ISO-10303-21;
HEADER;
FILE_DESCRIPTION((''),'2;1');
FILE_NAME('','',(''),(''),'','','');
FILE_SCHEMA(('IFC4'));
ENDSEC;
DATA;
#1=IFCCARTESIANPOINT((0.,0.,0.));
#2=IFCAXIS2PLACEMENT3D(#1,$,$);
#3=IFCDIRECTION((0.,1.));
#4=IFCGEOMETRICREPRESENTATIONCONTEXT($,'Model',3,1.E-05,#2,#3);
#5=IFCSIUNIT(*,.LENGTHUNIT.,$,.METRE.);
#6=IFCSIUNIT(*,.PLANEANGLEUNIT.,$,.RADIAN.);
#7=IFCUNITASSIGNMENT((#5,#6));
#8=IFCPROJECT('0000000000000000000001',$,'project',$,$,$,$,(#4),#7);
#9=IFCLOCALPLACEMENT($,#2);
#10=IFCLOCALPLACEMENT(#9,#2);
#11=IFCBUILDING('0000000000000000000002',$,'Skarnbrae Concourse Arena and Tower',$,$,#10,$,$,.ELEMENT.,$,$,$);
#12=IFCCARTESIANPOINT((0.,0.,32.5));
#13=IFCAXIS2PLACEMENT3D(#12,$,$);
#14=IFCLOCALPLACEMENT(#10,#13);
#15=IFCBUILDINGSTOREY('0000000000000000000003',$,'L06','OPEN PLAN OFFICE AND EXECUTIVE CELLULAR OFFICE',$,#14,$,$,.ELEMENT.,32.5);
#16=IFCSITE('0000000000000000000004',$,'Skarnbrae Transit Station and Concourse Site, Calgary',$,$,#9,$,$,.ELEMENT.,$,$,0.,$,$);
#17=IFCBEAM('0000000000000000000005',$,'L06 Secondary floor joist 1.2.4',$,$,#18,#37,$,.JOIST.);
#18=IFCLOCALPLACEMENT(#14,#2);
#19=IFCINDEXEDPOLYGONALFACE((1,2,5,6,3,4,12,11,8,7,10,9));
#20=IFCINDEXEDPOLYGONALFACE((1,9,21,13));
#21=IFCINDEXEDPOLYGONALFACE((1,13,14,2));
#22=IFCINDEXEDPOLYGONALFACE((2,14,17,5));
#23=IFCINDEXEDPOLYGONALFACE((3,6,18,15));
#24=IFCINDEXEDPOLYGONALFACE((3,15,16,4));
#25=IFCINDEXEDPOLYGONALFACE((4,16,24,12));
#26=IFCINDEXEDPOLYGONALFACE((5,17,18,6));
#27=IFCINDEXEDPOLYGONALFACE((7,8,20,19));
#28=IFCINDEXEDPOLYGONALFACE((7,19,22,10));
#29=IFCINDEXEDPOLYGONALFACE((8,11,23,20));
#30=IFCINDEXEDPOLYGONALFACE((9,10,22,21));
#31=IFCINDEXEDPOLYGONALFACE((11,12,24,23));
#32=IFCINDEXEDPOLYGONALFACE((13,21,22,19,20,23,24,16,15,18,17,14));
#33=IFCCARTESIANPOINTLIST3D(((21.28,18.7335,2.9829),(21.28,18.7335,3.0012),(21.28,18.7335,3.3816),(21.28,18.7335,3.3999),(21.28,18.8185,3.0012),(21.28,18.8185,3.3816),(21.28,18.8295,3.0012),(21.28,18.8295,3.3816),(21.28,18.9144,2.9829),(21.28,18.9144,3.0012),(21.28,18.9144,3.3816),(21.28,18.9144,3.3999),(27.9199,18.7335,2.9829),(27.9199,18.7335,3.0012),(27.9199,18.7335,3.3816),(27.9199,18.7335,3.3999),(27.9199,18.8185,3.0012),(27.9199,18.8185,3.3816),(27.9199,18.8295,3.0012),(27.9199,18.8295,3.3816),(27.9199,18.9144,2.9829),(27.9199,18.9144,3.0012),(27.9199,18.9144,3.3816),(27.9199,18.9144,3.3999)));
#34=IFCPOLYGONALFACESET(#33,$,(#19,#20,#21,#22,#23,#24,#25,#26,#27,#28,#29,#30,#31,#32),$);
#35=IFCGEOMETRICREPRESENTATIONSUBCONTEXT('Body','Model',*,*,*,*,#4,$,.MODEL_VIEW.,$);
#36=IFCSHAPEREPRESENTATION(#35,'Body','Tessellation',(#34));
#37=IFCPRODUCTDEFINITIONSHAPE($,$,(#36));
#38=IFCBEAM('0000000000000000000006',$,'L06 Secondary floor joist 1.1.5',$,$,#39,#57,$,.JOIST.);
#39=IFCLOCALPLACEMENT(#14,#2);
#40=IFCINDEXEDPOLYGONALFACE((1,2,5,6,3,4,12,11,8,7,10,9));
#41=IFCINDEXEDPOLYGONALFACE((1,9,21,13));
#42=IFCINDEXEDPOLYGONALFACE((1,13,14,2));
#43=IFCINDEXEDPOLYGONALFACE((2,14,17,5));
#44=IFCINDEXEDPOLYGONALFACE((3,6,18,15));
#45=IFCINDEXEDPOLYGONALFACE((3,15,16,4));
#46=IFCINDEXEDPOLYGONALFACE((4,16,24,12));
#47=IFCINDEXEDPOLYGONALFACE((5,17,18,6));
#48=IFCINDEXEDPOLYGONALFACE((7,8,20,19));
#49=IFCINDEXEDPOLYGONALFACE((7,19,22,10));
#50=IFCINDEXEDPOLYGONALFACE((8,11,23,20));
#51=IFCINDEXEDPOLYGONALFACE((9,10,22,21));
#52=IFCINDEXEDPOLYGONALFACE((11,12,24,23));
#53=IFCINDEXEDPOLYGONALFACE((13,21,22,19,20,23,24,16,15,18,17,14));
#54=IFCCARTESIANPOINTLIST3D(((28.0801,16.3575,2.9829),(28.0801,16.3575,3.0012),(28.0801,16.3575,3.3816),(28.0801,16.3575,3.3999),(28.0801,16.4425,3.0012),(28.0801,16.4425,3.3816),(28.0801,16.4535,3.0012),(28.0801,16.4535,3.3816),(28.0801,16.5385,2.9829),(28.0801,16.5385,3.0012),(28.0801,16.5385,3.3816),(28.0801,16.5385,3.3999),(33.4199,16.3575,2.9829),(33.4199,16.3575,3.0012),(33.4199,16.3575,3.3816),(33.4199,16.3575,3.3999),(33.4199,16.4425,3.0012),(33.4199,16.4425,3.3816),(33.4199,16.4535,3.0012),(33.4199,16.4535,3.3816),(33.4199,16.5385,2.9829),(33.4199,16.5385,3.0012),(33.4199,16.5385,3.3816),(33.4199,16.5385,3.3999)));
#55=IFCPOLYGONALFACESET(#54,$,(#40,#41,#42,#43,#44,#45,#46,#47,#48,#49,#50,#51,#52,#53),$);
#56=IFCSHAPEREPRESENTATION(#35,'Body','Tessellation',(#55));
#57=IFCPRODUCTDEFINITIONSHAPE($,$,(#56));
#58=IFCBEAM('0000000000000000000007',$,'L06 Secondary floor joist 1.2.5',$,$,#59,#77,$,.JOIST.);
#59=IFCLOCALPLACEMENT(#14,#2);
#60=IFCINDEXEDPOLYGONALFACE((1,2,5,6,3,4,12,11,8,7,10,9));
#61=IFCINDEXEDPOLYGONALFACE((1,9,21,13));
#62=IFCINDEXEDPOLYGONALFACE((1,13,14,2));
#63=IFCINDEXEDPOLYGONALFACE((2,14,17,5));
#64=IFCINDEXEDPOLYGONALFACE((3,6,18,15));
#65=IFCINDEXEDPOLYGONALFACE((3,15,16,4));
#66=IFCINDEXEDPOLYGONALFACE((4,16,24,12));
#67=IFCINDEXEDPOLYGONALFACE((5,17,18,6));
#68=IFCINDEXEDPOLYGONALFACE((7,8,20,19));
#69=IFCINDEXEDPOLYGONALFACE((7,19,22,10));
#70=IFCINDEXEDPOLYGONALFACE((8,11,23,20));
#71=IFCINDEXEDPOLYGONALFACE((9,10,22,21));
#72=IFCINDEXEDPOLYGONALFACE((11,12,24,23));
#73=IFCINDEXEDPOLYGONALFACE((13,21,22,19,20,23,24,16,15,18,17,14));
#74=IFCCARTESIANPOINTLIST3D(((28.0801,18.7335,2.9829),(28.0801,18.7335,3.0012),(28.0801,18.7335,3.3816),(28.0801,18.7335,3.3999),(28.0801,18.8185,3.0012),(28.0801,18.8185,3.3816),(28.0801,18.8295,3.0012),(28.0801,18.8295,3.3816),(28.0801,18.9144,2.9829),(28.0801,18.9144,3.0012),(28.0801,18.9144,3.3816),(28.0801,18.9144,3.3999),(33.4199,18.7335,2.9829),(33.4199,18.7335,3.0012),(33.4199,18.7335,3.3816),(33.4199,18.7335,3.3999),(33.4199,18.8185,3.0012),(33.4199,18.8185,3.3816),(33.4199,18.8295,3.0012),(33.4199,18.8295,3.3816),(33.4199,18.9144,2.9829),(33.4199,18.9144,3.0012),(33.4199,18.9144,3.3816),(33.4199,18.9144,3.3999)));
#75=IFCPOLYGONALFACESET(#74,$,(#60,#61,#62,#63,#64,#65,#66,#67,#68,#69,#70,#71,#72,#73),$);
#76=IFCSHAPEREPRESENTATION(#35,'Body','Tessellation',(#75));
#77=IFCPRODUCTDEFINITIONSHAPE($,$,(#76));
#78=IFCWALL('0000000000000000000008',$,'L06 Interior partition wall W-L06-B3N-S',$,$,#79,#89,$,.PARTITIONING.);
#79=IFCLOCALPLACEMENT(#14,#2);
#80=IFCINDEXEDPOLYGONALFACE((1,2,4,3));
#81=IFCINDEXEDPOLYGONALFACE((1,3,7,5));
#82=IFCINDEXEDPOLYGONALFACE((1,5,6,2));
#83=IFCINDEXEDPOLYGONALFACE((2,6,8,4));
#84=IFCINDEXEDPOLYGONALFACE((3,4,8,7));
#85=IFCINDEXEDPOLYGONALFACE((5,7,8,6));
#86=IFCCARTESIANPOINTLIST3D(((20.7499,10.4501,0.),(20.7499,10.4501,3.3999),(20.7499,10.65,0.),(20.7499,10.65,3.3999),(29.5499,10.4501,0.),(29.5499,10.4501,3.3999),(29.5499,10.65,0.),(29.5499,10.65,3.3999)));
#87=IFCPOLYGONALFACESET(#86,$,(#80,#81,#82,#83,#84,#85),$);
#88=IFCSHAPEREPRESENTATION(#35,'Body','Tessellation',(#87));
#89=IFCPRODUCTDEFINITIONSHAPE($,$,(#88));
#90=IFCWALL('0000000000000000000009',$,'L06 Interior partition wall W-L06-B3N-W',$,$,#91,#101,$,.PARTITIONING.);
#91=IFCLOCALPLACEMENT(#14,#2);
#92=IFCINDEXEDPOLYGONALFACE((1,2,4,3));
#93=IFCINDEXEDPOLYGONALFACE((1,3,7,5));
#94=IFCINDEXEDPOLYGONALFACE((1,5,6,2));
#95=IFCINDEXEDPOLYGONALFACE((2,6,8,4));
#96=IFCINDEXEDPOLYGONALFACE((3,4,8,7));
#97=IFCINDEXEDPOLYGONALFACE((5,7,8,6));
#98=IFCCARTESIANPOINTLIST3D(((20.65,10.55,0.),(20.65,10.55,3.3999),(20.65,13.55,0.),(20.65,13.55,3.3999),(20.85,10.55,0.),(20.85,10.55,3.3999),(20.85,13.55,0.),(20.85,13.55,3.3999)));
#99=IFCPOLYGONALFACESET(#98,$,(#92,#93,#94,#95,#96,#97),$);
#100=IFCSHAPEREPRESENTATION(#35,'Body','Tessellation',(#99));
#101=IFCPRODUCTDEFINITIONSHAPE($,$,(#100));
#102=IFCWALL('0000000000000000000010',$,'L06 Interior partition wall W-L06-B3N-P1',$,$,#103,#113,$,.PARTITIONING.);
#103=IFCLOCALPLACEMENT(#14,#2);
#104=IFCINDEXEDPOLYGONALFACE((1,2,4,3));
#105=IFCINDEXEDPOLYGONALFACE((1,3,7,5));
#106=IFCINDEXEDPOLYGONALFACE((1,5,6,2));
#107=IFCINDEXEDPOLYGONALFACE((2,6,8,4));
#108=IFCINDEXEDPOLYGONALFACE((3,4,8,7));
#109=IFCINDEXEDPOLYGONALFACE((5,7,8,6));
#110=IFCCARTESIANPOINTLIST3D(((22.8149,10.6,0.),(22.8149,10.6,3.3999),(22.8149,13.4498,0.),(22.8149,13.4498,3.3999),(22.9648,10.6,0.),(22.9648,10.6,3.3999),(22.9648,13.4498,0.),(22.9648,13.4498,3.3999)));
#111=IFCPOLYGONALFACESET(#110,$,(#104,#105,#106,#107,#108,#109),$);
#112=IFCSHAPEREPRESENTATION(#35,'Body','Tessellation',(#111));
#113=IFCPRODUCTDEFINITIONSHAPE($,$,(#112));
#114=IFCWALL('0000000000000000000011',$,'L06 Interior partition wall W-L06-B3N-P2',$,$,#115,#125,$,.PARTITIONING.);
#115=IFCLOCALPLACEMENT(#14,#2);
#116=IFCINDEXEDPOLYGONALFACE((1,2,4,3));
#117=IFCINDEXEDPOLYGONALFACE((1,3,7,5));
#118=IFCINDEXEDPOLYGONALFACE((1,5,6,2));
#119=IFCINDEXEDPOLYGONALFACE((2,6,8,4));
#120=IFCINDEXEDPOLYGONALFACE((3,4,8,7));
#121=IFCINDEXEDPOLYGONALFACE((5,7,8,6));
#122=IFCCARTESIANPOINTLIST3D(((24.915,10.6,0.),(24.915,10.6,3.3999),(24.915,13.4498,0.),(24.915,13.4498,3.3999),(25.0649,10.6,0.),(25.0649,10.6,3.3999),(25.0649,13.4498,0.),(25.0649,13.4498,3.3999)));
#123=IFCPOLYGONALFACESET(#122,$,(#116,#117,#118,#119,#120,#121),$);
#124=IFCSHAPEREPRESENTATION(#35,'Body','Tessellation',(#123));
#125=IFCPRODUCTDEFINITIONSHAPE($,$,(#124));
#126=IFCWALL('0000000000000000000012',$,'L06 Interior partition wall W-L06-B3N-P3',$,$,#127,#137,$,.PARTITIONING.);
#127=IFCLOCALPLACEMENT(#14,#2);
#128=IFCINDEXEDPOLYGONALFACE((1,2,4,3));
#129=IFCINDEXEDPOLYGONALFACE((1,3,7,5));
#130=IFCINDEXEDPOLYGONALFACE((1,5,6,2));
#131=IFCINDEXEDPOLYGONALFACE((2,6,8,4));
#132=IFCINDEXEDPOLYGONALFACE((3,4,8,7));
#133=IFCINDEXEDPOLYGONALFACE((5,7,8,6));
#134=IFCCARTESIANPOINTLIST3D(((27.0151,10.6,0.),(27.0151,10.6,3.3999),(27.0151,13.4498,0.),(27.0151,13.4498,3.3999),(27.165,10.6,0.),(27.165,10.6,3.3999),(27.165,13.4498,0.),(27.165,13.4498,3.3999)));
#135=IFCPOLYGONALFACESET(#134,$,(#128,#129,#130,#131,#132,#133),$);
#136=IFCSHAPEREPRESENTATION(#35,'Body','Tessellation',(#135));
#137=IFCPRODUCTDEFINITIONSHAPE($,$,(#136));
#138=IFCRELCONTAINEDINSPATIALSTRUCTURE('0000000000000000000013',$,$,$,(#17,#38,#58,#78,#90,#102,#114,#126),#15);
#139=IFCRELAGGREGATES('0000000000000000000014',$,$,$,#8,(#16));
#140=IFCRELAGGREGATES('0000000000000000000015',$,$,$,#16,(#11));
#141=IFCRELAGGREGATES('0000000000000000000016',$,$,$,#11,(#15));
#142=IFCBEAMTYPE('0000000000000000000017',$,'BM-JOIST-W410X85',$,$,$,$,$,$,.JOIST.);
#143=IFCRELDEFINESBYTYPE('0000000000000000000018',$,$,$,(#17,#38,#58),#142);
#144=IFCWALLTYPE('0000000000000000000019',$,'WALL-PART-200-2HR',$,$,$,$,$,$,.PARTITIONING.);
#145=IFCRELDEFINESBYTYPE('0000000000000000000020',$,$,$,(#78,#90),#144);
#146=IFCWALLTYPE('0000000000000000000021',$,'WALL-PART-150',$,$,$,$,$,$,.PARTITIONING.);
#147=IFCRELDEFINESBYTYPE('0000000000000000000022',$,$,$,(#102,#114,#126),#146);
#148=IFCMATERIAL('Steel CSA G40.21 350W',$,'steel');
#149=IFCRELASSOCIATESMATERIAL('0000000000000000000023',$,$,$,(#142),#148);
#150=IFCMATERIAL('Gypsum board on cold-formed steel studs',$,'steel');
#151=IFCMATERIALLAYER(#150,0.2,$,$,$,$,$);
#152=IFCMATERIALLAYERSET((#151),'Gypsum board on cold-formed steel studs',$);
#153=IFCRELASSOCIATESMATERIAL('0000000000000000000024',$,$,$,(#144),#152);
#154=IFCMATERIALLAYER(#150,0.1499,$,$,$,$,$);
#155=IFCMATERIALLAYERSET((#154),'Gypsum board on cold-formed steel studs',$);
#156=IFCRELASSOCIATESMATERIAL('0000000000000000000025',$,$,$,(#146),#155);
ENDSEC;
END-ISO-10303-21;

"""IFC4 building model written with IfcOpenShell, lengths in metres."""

from ifc_helpers import new_model, si_unit, direction, frame, frame_2d, origin, origin_2d, place, context, subcontext, project, spatial, rectangle, i_section, extrude, source, transform, mapped, material, layer, layer_set, material_profile, profile_set, type_object, element, save


model = new_model("IFC4")

# Units and contexts
model_context = context("Model", 3, precision=1e-05, world=origin(), true_north=direction((0.0, 1.0)))
body_context = subcontext(model_context, "Body", "Model", "MODEL_VIEW")
ifc_project = project(units=[si_unit("LENGTHUNIT", "METRE"), si_unit("PLANEANGLEUNIT", "RADIAN")], contexts=[model_context])

# Site, building, storey
site_placement = place(None, origin())
site = spatial("IfcSite", under=ifc_project, at=site_placement, Name="Skarnbrae Transit Station and Concourse Site, Calgary", CompositionType="ELEMENT", RefElevation=0.0)
building_placement = place(site_placement, origin())
building = spatial("IfcBuilding", under=site, at=building_placement, Name="Skarnbrae Concourse Arena and Tower", CompositionType="ELEMENT")
storey_placement = place(building_placement, frame((0.0, 0.0, 32.5)))
storey = spatial("IfcBuildingStorey", under=building, at=storey_placement, Name="L06", Description="OPEN PLAN OFFICE AND EXECUTIVE CELLULAR OFFICE", CompositionType="ELEMENT", Elevation=32.5)

# Shared definitions
ifc_material_1 = material(Name="Steel CSA G40.21 350W", Category="steel")

# Beams
ifc_material_profile_1 = material_profile(ifc_material_1, i_section(OverallWidth=0.1809, OverallDepth=0.417, WebThickness=0.011, FlangeThickness=0.0183, at=origin_2d()), Name="W410X85")
ifc_profile_set_1 = profile_set([ifc_material_profile_1], Name="Steel CSA G40.21 350W")
beam_type_1 = type_object("IfcBeamType", Name="BM-JOIST-W410X85", PredefinedType="JOIST", material=ifc_profile_set_1)
shared_shape_1 = source(origin(), body_context, "Body", "SweptSolid", [
    extrude(i_section(OverallWidth=0.1809, OverallDepth=0.417, WebThickness=0.011, FlangeThickness=0.0183, at=origin_2d()), origin(), (0.0, 0.0, 1.0), 6.6399),
])
for number, where, z_axis, x_axis, name in (
    (1, (21.28, 18.824, 3.1914), (1.0, 0.0, 0.0), (0.0, 1.0, 0.0), "L06 Secondary floor joist 1.2.4"),
):
    element("IfcBeam", number, at=place(storey_placement, frame(where, z_axis=z_axis, x_axis=x_axis)), inside=storey, type_object=beam_type_1, Name=name, PredefinedType="JOIST", context=body_context, shape_type="MappedRepresentation", body=[
        mapped(shared_shape_1, transform((0.0, 0.0, 0.0))),
    ])
shared_shape_2 = source(origin(), body_context, "Body", "SweptSolid", [
    extrude(i_section(OverallWidth=0.1809, OverallDepth=0.417, WebThickness=0.011, FlangeThickness=0.0183, at=origin_2d()), origin(), (0.0, 0.0, 1.0), 5.3398),
])
for number, where, z_axis, x_axis, name in (
    (2, (28.0801, 16.448, 3.1914), (1.0, 0.0, 0.0), (0.0, 1.0, 0.0), "L06 Secondary floor joist 1.1.5"),
    (3, (28.0801, 18.824, 3.1914), (1.0, 0.0, 0.0), (0.0, 1.0, 0.0), "L06 Secondary floor joist 1.2.5"),
):
    element("IfcBeam", number, at=place(storey_placement, frame(where, z_axis=z_axis, x_axis=x_axis)), inside=storey, type_object=beam_type_1, Name=name, PredefinedType="JOIST", context=body_context, shape_type="MappedRepresentation", body=[
        mapped(shared_shape_2, transform((0.0, 0.0, 0.0))),
    ])

# Walls
ifc_material_2 = material(Name="Gypsum board on cold-formed steel studs", Category="steel")
ifc_layer_1 = layer(ifc_material_2, 0.2)
ifc_layer_set_1 = layer_set([ifc_layer_1], Name="Gypsum board on cold-formed steel studs")
wall_type_1 = type_object("IfcWallType", Name="WALL-PART-200-2HR", PredefinedType="PARTITIONING", material=ifc_layer_set_1)
shared_shape_3 = source(origin(), body_context, "Body", "SweptSolid", [
    extrude(rectangle(XDim=8.8, YDim=0.2, at=frame_2d((4.3999, 0.0))), origin(), (0.0, 0.0, 1.0), 3.3999),
])
wall_1_placement = place(storey_placement, frame((20.75, 10.55, 0.0), z_axis=(0.0, 0.0, 1.0), x_axis=(1.0, 0.0, 0.0)))
element("IfcWall", 4, at=wall_1_placement, inside=storey, type_object=wall_type_1, Name="L06 Interior partition wall W-L06-B3N-S", PredefinedType="PARTITIONING", context=body_context, shape_type="MappedRepresentation", body=[
    mapped(shared_shape_3, transform((0.0, 0.0, 0.0))),
])
shared_shape_4 = source(origin(), body_context, "Body", "SweptSolid", [
    extrude(rectangle(XDim=3.0, YDim=0.2, at=frame_2d((1.5, 0.0))), origin(), (0.0, 0.0, 1.0), 3.3999),
])
wall_2_placement = place(storey_placement, frame((20.75, 10.55, 0.0), z_axis=(0.0, 0.0, 1.0), x_axis=(0.0, 1.0, 0.0)))
element("IfcWall", 5, at=wall_2_placement, inside=storey, type_object=wall_type_1, Name="L06 Interior partition wall W-L06-B3N-W", PredefinedType="PARTITIONING", context=body_context, shape_type="MappedRepresentation", body=[
    mapped(shared_shape_4, transform((0.0, 0.0, 0.0))),
])
ifc_layer_2 = layer(ifc_material_2, 0.1499)
ifc_layer_set_2 = layer_set([ifc_layer_2], Name="Gypsum board on cold-formed steel studs")
wall_type_2 = type_object("IfcWallType", Name="WALL-PART-150", PredefinedType="PARTITIONING", material=ifc_layer_set_2)
shared_shape_5 = source(origin(), body_context, "Body", "SweptSolid", [
    extrude(rectangle(XDim=2.8499, YDim=0.1499, at=frame_2d((1.4248, 0.0))), origin(), (0.0, 0.0, 1.0), 3.3999),
])
for number, where, z_axis, x_axis, name in (
    (6, (22.8899, 10.6001, 0.0), (0.0, 0.0, 1.0), (0.0, 1.0, 0.0), "L06 Interior partition wall W-L06-B3N-P1"),
    (7, (24.99, 10.6001, 0.0), (0.0, 0.0, 1.0), (0.0, 1.0, 0.0), "L06 Interior partition wall W-L06-B3N-P2"),
    (8, (27.0901, 10.6001, 0.0), (0.0, 0.0, 1.0), (0.0, 1.0, 0.0), "L06 Interior partition wall W-L06-B3N-P3"),
):
    element("IfcWall", number, at=place(storey_placement, frame(where, z_axis=z_axis, x_axis=x_axis)), inside=storey, type_object=wall_type_2, Name=name, PredefinedType="PARTITIONING", context=body_context, shape_type="MappedRepresentation", body=[
        mapped(shared_shape_5, transform((0.0, 0.0, 0.0))),
    ])

save(model, "model.ifc")
